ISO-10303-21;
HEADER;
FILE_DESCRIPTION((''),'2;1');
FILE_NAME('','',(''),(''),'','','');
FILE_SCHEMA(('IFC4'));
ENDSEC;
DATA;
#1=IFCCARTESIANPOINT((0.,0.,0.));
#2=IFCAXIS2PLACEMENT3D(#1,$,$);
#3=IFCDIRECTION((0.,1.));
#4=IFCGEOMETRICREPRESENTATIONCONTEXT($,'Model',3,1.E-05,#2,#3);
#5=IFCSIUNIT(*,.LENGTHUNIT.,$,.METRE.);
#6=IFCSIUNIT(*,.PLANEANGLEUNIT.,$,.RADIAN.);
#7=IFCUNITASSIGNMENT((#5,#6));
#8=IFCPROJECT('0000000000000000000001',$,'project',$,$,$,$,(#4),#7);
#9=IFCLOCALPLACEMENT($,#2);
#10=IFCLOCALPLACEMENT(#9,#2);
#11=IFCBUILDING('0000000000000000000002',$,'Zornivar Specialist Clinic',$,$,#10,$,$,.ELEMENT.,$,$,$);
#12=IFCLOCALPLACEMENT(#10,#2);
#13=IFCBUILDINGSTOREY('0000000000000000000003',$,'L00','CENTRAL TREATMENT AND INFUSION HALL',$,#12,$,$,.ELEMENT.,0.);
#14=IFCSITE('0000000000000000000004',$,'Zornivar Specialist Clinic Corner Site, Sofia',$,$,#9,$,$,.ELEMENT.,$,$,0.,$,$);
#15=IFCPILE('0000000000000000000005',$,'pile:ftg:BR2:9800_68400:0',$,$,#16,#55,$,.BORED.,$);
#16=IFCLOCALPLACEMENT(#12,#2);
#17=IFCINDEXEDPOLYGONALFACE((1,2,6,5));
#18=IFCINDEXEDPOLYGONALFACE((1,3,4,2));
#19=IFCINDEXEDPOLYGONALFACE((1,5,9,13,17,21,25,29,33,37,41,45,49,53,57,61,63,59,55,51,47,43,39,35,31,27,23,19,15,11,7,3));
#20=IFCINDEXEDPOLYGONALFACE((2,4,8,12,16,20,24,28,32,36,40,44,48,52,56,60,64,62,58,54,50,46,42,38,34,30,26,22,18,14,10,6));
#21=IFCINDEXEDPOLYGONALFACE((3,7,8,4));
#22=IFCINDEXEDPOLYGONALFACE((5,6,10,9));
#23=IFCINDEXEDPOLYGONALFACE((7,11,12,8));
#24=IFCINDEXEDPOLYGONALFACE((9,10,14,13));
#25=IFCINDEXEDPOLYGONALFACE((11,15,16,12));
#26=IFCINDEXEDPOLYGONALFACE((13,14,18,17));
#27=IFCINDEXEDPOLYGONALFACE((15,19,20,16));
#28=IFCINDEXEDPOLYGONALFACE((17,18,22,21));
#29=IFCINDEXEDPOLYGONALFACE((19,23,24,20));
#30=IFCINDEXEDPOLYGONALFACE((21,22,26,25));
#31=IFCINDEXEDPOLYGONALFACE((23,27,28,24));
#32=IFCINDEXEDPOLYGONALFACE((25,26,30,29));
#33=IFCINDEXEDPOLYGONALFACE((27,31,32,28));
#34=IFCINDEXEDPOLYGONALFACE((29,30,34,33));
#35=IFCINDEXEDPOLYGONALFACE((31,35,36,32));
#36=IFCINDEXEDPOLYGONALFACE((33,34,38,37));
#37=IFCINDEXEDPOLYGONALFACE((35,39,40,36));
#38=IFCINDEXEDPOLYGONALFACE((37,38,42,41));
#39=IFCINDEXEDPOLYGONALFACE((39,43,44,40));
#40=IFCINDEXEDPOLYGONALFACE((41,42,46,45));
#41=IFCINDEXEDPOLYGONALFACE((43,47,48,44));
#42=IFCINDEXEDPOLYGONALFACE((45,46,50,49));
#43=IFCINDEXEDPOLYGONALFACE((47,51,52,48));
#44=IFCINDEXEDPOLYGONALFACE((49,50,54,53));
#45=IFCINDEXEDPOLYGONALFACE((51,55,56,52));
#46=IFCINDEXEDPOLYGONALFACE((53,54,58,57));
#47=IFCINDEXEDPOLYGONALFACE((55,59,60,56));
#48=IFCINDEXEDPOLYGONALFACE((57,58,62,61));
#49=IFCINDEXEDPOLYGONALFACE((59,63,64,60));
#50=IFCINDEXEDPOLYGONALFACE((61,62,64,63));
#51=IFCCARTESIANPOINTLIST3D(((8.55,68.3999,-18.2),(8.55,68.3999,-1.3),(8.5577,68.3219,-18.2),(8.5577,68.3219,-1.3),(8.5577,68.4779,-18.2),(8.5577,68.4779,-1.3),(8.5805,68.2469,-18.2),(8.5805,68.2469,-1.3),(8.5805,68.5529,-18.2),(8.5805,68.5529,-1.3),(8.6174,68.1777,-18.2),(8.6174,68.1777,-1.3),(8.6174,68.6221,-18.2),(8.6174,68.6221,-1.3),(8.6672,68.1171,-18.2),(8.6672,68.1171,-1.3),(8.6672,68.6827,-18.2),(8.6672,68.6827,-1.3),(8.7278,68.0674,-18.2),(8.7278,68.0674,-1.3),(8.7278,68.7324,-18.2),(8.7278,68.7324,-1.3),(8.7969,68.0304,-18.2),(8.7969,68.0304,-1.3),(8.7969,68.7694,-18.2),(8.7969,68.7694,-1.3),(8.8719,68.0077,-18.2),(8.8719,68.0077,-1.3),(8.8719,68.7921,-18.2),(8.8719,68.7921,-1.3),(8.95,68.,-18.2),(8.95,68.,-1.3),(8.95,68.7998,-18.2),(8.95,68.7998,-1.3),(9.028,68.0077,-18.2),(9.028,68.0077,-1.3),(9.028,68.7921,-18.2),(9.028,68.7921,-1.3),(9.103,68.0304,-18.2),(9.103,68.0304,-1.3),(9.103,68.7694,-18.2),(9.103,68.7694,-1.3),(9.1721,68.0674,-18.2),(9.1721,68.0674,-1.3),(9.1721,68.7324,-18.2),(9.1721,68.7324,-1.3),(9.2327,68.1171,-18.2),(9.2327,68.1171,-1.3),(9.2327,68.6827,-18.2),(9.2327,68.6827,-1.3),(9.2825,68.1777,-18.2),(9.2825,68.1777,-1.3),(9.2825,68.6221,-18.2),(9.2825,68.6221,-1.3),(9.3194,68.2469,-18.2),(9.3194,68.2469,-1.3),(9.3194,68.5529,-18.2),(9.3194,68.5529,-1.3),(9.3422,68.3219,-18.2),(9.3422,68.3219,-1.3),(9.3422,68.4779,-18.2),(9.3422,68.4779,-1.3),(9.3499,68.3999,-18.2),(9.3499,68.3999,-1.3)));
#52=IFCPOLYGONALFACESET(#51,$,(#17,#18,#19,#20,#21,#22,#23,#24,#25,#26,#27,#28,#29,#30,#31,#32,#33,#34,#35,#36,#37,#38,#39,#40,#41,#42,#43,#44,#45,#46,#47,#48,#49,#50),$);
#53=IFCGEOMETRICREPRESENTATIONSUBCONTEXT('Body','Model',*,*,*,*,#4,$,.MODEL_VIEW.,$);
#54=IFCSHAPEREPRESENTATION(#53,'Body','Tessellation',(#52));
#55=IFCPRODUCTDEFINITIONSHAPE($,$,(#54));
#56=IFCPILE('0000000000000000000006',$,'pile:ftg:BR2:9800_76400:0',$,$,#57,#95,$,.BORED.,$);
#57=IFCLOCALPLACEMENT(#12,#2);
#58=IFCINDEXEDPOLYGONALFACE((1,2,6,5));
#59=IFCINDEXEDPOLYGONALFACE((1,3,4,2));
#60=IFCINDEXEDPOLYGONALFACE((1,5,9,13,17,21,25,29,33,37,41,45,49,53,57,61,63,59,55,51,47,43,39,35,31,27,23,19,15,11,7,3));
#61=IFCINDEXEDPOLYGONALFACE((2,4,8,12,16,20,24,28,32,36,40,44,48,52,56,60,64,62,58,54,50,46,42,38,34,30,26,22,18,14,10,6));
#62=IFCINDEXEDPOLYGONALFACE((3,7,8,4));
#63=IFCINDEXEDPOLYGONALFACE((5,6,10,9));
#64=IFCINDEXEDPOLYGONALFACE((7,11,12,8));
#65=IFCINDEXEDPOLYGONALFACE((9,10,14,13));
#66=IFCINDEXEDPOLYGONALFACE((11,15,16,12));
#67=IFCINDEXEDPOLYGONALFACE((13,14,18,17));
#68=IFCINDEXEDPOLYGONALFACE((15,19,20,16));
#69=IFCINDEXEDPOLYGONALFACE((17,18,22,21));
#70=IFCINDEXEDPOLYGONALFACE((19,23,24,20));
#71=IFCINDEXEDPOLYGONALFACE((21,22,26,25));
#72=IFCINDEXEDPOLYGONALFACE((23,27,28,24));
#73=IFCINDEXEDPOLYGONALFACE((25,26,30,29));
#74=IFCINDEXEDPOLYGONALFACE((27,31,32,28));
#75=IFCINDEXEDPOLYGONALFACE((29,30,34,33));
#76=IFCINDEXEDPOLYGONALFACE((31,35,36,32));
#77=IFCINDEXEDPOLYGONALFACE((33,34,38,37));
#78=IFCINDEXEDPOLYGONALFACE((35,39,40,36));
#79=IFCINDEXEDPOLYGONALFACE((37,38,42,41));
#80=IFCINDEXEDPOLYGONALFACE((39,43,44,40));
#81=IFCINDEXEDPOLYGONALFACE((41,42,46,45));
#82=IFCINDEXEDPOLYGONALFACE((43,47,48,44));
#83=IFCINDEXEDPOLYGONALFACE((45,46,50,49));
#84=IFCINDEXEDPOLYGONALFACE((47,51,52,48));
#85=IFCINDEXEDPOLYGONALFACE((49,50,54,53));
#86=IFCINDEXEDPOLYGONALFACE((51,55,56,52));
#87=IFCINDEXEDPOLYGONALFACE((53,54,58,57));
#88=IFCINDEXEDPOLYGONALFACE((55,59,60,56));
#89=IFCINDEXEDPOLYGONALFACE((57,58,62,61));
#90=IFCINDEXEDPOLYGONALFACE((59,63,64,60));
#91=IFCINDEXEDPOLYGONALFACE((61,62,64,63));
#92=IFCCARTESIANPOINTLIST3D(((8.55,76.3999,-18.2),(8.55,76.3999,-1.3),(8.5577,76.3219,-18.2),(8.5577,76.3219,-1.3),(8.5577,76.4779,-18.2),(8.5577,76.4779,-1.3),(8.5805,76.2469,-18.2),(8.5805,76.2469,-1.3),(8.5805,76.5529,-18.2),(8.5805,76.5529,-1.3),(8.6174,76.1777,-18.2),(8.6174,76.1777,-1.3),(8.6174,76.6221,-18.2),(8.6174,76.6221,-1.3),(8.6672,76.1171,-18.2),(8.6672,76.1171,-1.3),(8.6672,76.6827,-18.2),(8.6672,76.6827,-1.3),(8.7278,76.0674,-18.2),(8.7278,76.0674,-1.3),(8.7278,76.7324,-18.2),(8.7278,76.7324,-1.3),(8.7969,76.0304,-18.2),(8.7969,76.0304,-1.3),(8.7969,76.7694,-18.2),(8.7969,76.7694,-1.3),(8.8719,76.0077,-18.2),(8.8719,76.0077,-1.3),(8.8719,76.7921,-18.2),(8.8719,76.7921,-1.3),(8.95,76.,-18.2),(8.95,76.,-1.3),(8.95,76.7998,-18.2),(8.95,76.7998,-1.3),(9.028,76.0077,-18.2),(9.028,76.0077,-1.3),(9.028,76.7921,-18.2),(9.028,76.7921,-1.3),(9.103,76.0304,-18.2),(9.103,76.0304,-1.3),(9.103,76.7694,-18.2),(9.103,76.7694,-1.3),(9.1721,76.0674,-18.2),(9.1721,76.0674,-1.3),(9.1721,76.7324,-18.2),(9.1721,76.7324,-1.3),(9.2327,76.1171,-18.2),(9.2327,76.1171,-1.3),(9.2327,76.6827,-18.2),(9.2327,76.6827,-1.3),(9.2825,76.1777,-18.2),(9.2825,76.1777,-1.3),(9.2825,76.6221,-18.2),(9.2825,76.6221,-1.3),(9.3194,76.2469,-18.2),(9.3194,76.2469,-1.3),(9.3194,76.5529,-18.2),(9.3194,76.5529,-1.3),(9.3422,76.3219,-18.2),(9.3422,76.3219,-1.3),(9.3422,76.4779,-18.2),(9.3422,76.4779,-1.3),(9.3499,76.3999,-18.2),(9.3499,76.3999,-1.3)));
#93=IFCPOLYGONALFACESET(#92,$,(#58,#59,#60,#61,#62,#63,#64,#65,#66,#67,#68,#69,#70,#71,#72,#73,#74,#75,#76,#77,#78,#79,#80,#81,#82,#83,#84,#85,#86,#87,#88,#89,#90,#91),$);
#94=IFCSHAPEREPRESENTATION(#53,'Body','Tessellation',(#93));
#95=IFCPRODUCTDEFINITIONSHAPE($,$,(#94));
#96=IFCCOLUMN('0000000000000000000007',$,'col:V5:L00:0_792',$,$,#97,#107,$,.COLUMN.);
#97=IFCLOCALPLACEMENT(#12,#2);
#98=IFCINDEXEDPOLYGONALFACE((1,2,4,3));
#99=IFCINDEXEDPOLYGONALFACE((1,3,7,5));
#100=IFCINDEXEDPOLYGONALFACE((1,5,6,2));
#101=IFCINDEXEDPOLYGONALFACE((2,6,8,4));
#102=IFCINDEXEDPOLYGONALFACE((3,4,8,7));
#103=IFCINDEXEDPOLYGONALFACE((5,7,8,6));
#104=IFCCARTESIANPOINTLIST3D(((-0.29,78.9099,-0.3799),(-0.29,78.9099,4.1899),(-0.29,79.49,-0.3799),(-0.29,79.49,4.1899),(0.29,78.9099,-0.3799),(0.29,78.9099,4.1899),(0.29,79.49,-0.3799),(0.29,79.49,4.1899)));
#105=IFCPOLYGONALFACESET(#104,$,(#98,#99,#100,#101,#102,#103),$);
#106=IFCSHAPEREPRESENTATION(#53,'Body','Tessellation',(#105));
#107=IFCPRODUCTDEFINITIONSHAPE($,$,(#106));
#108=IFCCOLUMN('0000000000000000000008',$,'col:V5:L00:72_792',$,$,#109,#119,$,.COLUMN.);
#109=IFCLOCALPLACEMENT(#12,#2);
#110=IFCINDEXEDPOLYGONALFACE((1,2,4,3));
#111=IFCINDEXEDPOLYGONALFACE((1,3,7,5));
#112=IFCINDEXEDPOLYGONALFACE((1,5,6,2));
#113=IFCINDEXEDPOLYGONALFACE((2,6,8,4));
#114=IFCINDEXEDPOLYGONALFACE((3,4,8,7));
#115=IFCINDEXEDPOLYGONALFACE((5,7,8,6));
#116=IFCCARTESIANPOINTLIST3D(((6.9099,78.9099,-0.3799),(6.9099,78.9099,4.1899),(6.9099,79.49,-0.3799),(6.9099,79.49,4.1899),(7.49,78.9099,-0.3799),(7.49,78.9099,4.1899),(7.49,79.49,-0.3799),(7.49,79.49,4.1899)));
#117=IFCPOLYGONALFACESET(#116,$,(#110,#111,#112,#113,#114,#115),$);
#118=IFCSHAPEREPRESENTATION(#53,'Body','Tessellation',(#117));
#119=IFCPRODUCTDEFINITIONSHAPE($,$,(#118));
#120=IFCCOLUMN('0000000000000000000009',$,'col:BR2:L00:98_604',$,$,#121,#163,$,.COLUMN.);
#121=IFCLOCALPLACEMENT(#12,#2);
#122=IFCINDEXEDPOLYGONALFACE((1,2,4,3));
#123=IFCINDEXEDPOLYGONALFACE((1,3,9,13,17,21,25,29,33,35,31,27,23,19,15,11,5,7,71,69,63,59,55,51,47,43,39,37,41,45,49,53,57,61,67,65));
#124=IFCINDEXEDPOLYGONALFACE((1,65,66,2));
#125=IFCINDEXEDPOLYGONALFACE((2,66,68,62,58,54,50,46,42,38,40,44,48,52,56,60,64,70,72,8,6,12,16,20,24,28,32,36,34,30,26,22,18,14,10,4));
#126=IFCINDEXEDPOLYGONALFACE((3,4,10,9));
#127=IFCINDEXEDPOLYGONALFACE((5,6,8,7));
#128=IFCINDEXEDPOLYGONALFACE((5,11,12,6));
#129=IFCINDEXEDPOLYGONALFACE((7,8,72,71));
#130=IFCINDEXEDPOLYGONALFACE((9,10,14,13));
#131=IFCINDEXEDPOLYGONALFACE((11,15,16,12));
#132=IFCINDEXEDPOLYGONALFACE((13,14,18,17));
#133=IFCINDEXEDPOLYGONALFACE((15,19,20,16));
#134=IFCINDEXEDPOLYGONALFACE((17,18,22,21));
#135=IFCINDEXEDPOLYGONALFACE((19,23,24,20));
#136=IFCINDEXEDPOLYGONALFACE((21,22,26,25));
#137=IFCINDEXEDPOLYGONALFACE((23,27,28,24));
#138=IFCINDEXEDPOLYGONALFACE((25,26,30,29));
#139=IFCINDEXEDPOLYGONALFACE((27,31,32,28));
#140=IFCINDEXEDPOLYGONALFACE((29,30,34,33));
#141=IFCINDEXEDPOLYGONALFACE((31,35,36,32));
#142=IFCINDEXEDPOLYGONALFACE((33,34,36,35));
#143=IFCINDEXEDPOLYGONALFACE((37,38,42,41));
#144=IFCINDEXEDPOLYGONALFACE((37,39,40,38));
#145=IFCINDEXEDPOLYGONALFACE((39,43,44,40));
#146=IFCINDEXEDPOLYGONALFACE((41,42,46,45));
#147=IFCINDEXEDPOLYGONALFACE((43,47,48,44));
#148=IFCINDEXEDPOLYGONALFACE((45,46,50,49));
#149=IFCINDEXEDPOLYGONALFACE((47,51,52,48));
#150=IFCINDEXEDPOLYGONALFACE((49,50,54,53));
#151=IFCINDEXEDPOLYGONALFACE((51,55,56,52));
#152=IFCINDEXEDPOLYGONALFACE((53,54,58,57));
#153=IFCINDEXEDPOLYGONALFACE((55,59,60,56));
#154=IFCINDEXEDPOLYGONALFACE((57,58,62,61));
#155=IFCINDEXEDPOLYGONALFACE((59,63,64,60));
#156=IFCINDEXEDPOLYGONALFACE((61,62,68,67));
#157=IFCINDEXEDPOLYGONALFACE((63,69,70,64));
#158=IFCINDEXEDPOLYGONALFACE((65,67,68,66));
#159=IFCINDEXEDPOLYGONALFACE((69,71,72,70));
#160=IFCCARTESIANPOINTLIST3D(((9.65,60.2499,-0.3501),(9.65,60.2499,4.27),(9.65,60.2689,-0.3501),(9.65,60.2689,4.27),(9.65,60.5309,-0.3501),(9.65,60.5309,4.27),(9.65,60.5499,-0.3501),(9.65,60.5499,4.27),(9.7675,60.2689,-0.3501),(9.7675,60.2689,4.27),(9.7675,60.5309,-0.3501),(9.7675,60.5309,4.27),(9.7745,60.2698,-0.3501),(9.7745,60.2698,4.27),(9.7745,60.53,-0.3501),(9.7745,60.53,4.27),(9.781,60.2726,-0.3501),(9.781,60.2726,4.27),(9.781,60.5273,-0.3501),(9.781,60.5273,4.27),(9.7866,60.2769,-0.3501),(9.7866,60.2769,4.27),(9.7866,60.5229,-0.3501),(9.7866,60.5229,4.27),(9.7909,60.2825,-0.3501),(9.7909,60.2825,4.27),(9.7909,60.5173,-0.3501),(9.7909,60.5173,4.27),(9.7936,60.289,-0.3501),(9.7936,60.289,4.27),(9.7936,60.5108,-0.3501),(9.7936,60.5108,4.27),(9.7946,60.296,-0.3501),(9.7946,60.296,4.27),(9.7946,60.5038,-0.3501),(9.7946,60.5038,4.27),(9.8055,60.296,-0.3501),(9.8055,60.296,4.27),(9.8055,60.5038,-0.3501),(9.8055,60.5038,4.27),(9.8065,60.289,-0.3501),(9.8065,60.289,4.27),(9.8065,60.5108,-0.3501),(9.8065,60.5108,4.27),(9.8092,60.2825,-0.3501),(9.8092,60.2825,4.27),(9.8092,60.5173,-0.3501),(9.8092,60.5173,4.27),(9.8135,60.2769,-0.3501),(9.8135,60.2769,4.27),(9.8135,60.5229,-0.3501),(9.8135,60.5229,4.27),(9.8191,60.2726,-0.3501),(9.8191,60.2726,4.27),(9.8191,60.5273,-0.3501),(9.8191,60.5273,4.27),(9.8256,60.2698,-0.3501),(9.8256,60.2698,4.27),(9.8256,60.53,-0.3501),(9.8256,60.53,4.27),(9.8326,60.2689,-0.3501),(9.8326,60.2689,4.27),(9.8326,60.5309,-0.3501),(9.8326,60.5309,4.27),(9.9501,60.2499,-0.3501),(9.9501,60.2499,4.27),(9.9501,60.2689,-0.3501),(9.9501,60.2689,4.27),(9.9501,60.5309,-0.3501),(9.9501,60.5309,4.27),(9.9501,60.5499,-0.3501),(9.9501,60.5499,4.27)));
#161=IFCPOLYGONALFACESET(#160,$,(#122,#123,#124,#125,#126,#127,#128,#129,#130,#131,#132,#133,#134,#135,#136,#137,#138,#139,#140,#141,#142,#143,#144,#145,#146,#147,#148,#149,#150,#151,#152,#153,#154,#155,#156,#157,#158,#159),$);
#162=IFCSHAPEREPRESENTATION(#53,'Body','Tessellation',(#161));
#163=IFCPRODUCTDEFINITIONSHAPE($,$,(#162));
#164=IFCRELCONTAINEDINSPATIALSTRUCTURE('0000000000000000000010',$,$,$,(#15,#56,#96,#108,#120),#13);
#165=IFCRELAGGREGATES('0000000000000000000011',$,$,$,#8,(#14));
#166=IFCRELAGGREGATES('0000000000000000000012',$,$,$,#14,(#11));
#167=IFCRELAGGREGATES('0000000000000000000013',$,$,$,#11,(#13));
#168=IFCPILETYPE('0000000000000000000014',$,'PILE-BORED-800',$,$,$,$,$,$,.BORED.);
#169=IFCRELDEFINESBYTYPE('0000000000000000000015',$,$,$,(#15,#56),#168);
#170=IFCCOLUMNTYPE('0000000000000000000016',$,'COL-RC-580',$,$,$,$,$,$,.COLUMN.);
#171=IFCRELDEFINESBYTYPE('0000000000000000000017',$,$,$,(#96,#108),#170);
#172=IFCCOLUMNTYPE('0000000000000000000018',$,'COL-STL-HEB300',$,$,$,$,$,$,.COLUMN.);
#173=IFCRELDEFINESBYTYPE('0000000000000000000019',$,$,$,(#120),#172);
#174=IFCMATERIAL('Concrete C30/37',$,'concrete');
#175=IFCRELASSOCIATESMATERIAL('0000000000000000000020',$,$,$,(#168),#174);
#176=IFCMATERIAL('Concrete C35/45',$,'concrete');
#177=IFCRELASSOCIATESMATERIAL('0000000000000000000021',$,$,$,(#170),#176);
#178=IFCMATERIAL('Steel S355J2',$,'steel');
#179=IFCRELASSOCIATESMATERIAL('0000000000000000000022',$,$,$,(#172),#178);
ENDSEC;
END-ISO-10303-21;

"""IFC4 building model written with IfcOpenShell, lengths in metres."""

from ifc_helpers import new_model, si_unit, direction, frame, origin, origin_2d, place, context, subcontext, project, spatial, rectangle, circle, i_section, extrude, material, material_profile, profile_set, type_object, element, save


model = new_model("IFC4")

# Units and contexts
model_context = context("Model", 3, precision=1e-05, world=origin(), true_north=direction((0.0, 1.0)))
body_context = subcontext(model_context, "Body", "Model", "MODEL_VIEW")
ifc_project = project(units=[si_unit("LENGTHUNIT", "METRE"), si_unit("PLANEANGLEUNIT", "RADIAN")], contexts=[model_context])

# Site, building, storey
site_placement = place(None, origin())
site = spatial("IfcSite", under=ifc_project, at=site_placement, Name="Zornivar Specialist Clinic Corner Site, Sofia", CompositionType="ELEMENT", RefElevation=0.0)
building_placement = place(site_placement, origin())
building = spatial("IfcBuilding", under=site, at=building_placement, Name="Zornivar Specialist Clinic", CompositionType="ELEMENT")
storey_placement = place(building_placement, origin())
storey = spatial("IfcBuildingStorey", under=building, at=storey_placement, Name="L00", Description="CENTRAL TREATMENT AND INFUSION HALL", CompositionType="ELEMENT", Elevation=0.0)

# Piles
ifc_material_1 = material(Name="Concrete C30/37", Category="concrete")
ifc_material_profile_1 = material_profile(ifc_material_1, circle(Radius=0.3999, at=origin_2d()), Name="PILE D800")
ifc_profile_set_1 = profile_set([ifc_material_profile_1], Name="Concrete C30/37")
pile_type_1 = type_object("IfcPileType", Name="PILE-BORED-800", PredefinedType="BORED", material=ifc_profile_set_1)
for number, where, z_axis, x_axis, name in (
    (1, (8.95, 68.3999, -1.3), (0.0, 0.0, -1.0), (1.0, 0.0, 0.0), "pile:ftg:BR2:9800_68400:0"),
    (2, (8.95, 76.3999, -1.3), (0.0, 0.0, -1.0), (1.0, 0.0, 0.0), "pile:ftg:BR2:9800_76400:0"),
):
    element("IfcPile", number, at=place(storey_placement, frame(where, z_axis=z_axis, x_axis=x_axis)), inside=storey, type_object=pile_type_1, Name=name, PredefinedType="BORED", context=body_context, shape_type="SweptSolid", body=[
        extrude(circle(Radius=0.3999, at=origin_2d()), origin(), (0.0, 0.0, 1.0), 16.8999),
    ])

# Columns
ifc_material_2 = material(Name="Concrete C35/45", Category="concrete")
ifc_material_profile_2 = material_profile(ifc_material_2, rectangle(XDim=0.5801, YDim=0.5801, at=origin_2d()), Name="RC 580x580")
ifc_profile_set_2 = profile_set([ifc_material_profile_2], Name="Concrete C35/45")
column_type_1 = type_object("IfcColumnType", Name="COL-RC-580", PredefinedType="COLUMN", material=ifc_profile_set_2)
for number, where, z_axis, x_axis, name in (
    (3, (0.0, 79.2, -0.3799), (0.0, 0.0, 1.0), (1.0, 0.0, 0.0), "col:V5:L00:0_792"),
    (4, (7.2, 79.2, -0.3799), (0.0, 0.0, 1.0), (1.0, 0.0, 0.0), "col:V5:L00:72_792"),
):
    element("IfcColumn", number, at=place(storey_placement, frame(where, z_axis=z_axis, x_axis=x_axis)), inside=storey, type_object=column_type_1, Name=name, PredefinedType="COLUMN", context=body_context, shape_type="SweptSolid", body=[
        extrude(rectangle(XDim=0.5801, YDim=0.5801, at=origin_2d()), origin(), (0.0, 0.0, 1.0), 4.5698),
    ])
ifc_material_3 = material(Name="Steel S355J2", Category="steel")
ifc_material_profile_3 = material_profile(ifc_material_3, i_section(OverallWidth=0.3, OverallDepth=0.3, WebThickness=0.011, FlangeThickness=0.019, FilletRadius=0.0271, at=origin_2d()), Name="HEB 300")
ifc_profile_set_3 = profile_set([ifc_material_profile_3], Name="Steel S355J2")
column_type_2 = type_object("IfcColumnType", Name="COL-STL-HEB300", PredefinedType="COLUMN", material=ifc_profile_set_3)
for number, where, z_axis, x_axis, name in (
    (5, (9.8, 60.3999, -0.3501), (0.0, 0.0, 1.0), (1.0, 0.0, 0.0), "col:BR2:L00:98_604"),
):
    element("IfcColumn", number, at=place(storey_placement, frame(where, z_axis=z_axis, x_axis=x_axis)), inside=storey, type_object=column_type_2, Name=name, PredefinedType="COLUMN", context=body_context, shape_type="SweptSolid", body=[
        extrude(i_section(OverallWidth=0.3, OverallDepth=0.3, WebThickness=0.011, FlangeThickness=0.019, FilletRadius=0.0271, at=origin_2d()), origin(), (0.0, 0.0, 1.0), 4.6201),
    ])

save(model, "model.ifc")
